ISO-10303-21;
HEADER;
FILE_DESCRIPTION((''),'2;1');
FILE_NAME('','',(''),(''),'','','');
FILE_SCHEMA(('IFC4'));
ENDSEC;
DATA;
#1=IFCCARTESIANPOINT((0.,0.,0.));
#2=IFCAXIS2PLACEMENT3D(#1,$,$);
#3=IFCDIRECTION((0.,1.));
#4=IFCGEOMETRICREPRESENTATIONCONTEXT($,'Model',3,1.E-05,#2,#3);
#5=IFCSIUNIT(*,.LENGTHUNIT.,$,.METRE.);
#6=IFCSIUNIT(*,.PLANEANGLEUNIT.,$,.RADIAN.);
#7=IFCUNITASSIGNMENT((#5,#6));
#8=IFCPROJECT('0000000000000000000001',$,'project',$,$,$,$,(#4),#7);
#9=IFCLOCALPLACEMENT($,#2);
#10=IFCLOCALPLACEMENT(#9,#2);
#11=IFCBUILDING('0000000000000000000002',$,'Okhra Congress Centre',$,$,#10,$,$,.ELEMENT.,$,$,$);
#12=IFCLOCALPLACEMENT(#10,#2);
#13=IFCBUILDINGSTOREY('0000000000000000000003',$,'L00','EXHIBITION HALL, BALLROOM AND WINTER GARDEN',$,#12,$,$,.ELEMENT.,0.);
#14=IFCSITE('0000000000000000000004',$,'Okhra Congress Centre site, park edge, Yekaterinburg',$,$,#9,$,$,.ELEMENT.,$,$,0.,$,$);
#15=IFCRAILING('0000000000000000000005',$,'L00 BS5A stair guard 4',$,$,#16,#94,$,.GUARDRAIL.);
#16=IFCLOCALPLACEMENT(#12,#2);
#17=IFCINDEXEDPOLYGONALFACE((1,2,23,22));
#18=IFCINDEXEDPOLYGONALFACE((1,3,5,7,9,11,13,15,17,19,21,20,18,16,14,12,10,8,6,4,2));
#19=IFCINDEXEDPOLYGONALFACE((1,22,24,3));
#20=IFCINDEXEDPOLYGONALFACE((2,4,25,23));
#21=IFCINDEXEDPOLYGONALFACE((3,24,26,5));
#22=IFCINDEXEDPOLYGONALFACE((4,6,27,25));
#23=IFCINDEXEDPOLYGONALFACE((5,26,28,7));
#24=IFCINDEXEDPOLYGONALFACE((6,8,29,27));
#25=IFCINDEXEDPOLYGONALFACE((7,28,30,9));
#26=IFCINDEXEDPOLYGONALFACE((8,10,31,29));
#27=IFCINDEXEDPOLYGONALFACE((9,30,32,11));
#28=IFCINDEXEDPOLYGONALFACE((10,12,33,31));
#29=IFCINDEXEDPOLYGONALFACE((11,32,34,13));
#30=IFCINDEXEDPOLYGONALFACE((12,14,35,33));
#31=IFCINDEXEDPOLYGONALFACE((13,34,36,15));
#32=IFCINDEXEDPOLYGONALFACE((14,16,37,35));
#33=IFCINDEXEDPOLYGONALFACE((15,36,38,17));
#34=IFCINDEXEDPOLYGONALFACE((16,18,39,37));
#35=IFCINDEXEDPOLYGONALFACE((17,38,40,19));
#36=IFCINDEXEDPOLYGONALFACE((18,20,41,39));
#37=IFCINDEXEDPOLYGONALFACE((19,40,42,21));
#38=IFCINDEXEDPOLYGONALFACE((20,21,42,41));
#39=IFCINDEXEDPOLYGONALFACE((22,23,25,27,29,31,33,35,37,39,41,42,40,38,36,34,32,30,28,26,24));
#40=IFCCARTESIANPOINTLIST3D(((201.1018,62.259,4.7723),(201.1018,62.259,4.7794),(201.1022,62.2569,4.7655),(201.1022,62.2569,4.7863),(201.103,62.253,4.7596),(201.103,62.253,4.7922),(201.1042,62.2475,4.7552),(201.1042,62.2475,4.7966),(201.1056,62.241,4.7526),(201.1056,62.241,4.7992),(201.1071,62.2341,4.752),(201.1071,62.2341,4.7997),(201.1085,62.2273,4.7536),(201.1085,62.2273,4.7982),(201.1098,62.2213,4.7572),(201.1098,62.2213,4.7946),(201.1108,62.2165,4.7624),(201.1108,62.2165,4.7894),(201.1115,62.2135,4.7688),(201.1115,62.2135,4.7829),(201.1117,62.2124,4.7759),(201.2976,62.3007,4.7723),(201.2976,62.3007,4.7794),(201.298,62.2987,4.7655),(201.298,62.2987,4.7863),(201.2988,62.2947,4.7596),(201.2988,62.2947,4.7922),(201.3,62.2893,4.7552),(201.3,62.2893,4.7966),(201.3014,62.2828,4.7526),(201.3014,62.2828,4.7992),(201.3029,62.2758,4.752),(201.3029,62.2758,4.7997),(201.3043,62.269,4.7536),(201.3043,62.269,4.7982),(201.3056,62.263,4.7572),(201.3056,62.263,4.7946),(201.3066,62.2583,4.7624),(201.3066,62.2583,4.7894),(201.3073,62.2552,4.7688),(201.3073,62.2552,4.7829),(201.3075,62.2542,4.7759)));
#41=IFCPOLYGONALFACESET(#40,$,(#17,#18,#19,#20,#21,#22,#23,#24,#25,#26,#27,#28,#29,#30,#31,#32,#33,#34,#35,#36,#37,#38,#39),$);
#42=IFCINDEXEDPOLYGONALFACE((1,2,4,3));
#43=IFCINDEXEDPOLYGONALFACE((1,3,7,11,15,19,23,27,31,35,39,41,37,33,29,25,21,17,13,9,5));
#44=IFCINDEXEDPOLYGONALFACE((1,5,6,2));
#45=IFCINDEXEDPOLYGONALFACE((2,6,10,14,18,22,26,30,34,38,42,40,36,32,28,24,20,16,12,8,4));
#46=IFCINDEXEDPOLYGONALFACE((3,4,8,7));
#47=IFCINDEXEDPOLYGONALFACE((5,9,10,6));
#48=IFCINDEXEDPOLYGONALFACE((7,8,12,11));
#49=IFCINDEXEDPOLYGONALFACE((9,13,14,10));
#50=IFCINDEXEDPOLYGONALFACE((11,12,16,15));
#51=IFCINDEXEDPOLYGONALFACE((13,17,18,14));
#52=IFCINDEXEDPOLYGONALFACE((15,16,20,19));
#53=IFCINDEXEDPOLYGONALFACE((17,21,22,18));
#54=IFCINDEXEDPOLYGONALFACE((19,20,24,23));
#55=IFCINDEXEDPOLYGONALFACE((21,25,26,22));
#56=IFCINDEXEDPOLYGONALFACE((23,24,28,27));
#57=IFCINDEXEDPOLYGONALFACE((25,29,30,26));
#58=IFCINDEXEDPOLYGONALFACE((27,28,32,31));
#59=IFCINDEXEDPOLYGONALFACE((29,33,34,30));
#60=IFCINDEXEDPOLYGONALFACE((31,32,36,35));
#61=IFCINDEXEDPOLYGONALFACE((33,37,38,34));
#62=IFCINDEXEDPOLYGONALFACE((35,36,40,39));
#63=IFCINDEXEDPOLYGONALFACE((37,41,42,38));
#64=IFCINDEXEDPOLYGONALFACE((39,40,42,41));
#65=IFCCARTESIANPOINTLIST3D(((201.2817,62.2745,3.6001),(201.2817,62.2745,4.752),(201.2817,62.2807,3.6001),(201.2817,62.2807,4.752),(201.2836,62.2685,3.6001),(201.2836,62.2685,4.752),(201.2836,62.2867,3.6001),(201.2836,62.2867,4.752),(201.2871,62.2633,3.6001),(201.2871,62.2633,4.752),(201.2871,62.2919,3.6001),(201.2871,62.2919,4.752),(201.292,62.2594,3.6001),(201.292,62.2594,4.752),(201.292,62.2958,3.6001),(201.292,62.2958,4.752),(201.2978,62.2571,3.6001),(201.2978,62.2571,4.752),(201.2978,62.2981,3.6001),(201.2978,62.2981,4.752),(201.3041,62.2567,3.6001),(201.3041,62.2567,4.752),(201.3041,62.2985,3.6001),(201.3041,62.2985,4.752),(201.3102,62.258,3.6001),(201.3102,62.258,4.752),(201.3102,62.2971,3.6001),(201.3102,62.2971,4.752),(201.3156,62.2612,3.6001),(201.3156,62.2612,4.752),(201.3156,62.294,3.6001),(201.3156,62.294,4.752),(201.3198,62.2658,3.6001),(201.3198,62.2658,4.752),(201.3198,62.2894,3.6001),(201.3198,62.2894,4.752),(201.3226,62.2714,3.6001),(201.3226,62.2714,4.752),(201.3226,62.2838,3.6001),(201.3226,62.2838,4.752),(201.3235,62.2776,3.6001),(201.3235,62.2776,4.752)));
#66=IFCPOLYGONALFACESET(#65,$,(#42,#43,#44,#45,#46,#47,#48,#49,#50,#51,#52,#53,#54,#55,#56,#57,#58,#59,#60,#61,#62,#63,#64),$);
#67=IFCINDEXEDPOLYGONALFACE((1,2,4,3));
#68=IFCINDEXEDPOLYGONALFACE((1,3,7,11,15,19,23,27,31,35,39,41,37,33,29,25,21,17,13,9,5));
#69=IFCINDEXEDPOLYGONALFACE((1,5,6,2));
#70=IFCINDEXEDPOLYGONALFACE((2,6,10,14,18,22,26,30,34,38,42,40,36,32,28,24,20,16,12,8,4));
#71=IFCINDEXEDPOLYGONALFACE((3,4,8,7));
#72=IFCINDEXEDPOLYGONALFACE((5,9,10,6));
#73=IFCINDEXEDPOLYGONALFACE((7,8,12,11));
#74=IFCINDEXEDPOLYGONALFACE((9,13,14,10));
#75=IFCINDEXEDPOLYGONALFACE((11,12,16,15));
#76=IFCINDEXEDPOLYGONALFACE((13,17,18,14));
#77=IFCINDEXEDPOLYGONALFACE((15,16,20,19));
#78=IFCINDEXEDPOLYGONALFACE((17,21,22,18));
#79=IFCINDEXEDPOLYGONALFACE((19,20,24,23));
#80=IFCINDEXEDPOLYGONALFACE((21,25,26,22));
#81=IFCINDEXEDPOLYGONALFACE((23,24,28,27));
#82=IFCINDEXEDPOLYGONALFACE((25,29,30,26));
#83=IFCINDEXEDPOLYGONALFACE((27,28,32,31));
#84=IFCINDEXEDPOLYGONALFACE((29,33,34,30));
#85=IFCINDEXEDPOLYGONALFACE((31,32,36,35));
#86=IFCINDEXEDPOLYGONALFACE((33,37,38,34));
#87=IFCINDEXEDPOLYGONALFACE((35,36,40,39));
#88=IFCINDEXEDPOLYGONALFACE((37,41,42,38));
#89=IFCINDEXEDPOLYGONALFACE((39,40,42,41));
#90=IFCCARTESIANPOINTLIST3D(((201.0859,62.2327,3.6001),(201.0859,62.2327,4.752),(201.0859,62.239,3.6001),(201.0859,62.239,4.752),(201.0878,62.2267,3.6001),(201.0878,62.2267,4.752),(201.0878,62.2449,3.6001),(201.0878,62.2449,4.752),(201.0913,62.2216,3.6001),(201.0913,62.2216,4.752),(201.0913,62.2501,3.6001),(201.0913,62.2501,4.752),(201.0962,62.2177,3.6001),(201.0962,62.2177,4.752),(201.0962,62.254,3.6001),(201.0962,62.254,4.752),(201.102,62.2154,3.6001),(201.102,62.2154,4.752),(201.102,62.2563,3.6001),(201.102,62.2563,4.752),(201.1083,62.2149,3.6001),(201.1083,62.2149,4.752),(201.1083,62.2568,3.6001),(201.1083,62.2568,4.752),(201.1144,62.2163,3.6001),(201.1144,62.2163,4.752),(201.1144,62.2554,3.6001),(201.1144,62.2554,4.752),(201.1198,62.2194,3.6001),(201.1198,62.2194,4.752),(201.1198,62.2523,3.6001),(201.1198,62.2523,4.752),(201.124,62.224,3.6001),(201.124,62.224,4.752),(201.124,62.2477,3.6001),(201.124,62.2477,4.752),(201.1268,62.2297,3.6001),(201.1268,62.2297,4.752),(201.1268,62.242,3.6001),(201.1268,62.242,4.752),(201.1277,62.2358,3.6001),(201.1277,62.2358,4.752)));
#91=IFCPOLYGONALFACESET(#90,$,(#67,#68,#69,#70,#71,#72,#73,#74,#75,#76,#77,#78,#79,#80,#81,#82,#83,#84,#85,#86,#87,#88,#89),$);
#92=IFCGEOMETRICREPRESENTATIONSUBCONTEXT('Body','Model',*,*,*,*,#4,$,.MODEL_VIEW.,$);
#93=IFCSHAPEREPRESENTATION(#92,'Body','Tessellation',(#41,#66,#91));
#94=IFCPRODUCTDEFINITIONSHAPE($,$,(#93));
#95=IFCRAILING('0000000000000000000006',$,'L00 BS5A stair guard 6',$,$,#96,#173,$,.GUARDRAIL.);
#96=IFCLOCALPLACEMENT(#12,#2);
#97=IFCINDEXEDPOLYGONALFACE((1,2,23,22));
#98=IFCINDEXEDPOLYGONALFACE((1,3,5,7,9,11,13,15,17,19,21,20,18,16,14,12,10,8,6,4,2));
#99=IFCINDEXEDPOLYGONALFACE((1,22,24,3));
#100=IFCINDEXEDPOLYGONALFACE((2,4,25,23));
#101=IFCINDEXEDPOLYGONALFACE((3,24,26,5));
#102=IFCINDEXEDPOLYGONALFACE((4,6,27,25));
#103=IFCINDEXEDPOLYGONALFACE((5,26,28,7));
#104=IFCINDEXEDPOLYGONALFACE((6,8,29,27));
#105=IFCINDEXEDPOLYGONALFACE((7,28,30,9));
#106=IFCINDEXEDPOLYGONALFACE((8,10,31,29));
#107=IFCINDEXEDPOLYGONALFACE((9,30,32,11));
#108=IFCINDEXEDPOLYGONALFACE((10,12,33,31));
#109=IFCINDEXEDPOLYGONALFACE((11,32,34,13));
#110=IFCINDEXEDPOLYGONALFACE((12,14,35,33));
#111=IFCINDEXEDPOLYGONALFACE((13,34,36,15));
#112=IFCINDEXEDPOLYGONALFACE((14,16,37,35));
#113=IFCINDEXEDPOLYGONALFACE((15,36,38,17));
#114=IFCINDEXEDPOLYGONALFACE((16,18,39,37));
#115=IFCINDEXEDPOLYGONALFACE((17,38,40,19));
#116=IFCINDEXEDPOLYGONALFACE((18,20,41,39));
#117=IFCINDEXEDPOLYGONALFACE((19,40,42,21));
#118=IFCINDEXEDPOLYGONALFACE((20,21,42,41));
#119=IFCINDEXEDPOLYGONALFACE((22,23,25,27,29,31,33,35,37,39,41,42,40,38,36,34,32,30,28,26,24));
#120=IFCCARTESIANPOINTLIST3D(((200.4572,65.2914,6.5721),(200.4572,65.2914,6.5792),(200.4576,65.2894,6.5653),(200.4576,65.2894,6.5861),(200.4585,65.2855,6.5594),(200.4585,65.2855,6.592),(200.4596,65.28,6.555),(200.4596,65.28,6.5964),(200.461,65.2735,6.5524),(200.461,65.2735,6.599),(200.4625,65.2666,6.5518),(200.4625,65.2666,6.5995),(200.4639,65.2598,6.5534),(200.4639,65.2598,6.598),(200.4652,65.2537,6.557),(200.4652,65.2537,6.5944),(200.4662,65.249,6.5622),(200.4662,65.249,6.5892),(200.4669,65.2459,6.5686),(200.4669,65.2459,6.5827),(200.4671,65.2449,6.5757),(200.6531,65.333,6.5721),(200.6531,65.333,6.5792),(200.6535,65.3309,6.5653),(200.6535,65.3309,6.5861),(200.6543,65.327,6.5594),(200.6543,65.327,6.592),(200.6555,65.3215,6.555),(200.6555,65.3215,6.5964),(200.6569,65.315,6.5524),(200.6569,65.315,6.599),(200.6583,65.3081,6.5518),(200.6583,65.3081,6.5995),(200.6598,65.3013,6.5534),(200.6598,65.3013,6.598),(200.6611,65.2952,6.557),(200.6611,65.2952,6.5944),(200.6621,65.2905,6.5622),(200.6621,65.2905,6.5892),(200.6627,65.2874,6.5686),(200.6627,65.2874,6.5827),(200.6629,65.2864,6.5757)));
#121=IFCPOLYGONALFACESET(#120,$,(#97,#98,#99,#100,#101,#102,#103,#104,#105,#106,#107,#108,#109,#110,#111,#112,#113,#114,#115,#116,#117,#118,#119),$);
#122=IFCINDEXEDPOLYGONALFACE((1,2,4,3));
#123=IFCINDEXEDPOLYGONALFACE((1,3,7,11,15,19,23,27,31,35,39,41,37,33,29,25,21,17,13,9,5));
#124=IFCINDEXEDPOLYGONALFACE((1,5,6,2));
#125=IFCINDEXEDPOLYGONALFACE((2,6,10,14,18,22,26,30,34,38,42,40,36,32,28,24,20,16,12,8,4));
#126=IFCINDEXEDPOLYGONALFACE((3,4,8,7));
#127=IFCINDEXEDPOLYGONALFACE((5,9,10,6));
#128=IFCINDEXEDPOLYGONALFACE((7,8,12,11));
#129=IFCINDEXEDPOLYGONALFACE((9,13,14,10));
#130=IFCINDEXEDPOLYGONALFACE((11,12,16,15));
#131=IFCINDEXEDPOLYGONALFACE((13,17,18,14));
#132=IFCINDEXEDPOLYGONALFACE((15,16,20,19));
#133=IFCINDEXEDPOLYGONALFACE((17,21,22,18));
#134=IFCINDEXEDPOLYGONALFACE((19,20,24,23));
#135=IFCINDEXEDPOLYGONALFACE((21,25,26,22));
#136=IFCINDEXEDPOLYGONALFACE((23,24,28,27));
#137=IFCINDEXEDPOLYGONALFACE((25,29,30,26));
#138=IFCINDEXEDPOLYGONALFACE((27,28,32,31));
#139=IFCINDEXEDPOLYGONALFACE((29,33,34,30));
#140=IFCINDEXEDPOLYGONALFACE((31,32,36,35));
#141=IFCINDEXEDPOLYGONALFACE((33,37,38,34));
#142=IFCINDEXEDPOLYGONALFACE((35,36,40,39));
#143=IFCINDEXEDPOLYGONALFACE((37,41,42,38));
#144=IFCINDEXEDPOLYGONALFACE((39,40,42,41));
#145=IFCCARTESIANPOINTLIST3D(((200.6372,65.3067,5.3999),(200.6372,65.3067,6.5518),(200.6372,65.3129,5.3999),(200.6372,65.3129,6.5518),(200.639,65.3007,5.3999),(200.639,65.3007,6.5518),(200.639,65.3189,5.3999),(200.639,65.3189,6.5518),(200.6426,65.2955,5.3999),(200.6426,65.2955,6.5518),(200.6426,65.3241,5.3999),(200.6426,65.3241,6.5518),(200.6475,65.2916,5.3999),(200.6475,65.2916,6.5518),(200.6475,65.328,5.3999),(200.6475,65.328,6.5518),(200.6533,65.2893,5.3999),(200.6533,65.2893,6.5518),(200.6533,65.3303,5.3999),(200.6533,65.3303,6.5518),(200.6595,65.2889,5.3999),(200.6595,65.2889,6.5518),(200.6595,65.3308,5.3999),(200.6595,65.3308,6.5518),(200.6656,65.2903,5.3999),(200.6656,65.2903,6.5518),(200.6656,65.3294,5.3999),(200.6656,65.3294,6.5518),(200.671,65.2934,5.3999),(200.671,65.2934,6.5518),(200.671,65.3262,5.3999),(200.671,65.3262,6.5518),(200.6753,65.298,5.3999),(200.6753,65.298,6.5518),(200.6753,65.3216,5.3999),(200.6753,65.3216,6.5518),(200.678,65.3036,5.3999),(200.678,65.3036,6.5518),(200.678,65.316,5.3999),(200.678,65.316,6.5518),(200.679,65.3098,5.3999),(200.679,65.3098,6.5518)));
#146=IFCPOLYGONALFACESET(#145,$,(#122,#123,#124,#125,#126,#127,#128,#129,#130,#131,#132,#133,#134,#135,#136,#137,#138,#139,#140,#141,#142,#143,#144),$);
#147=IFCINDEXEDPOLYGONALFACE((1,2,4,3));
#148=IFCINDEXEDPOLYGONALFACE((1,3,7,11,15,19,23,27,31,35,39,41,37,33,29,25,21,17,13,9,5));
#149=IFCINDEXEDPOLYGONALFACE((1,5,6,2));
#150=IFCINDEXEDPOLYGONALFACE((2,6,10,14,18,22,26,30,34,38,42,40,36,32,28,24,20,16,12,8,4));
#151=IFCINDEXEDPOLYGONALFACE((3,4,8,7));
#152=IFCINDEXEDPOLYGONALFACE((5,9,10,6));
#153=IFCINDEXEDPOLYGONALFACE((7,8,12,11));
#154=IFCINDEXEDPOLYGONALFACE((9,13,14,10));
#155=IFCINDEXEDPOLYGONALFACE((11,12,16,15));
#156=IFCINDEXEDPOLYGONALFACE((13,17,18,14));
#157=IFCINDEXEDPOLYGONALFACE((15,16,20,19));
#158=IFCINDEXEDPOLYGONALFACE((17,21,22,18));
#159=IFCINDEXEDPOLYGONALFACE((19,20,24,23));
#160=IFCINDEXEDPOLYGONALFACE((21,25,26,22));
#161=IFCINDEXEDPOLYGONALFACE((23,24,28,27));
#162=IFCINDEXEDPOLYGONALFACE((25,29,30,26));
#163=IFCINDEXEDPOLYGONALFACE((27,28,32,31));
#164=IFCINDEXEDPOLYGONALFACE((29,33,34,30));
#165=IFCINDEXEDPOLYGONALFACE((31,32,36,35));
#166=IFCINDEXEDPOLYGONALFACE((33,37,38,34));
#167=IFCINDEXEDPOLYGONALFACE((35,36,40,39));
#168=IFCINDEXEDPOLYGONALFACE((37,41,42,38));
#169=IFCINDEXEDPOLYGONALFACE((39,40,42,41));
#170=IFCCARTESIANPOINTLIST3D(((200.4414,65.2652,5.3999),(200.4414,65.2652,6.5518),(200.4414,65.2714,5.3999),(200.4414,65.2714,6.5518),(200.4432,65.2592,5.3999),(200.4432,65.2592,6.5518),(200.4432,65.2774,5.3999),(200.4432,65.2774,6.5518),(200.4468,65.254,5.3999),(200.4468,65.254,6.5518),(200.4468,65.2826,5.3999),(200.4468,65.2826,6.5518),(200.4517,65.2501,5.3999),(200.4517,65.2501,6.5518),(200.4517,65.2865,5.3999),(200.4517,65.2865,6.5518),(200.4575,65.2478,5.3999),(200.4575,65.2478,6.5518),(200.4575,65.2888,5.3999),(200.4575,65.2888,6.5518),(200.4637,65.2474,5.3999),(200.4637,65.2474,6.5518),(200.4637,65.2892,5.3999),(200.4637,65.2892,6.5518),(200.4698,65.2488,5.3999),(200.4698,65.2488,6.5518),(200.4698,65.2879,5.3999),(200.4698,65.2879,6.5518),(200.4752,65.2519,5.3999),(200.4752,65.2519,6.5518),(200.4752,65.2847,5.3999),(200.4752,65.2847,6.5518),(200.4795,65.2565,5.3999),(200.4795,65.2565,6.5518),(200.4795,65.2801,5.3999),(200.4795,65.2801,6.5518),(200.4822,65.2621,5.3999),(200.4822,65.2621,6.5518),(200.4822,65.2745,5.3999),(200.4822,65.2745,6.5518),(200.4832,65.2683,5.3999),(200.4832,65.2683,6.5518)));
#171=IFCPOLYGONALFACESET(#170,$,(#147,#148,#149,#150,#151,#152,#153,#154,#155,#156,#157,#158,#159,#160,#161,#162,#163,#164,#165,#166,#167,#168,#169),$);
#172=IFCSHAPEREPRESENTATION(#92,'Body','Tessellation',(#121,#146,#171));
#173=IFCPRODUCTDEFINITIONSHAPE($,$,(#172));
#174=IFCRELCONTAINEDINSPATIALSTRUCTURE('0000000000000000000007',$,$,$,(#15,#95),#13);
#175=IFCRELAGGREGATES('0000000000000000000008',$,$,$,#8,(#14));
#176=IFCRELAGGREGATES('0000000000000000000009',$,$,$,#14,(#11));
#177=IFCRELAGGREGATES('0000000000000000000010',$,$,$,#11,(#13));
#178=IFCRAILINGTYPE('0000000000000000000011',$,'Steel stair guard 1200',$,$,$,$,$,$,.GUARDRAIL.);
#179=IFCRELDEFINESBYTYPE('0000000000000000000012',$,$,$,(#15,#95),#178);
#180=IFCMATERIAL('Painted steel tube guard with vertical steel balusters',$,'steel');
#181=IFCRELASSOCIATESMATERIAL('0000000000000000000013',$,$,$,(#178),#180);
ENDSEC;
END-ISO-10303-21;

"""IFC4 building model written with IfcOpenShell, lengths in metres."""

from ifc_helpers import new_model, si_unit, direction, frame, origin, origin_2d, place, context, subcontext, project, spatial, circle, extrude, material, type_object, element, save


model = new_model("IFC4")

# Units and contexts
model_context = context("Model", 3, precision=1e-05, world=origin(), true_north=direction((0.0, 1.0)))
body_context = subcontext(model_context, "Body", "Model", "MODEL_VIEW")
ifc_project = project(units=[si_unit("LENGTHUNIT", "METRE"), si_unit("PLANEANGLEUNIT", "RADIAN")], contexts=[model_context])

# Site, building, storey
site_placement = place(None, origin())
site = spatial("IfcSite", under=ifc_project, at=site_placement, Name="Okhra Congress Centre site, park edge, Yekaterinburg", CompositionType="ELEMENT", RefElevation=0.0)
building_placement = place(site_placement, origin())
building = spatial("IfcBuilding", under=site, at=building_placement, Name="Okhra Congress Centre", CompositionType="ELEMENT")
storey_placement = place(building_placement, origin())
storey = spatial("IfcBuildingStorey", under=building, at=storey_placement, Name="L00", Description="EXHIBITION HALL, BALLROOM AND WINTER GARDEN", CompositionType="ELEMENT", Elevation=0.0)

# Railings
ifc_material_1 = material(Name="Painted steel tube guard with vertical steel balusters", Category="steel")
railing_type_1 = type_object("IfcRailingType", Name="Steel stair guard 1200", PredefinedType="GUARDRAIL", material=ifc_material_1)
railing_1_placement = place(storey_placement, frame((201.3025, 62.2776, 3.6001)))
element("IfcRailing", 1, at=railing_1_placement, inside=storey, type_object=railing_type_1, Name="L00 BS5A stair guard 4", PredefinedType="GUARDRAIL", context=body_context, shape_type="SweptSolid", body=[
    extrude(circle(Radius=0.0239, at=origin_2d()), frame((0.0, 0.0, 1.1758), z_axis=(-0.978016, -0.20853, 0.0), x_axis=(0.20853, -0.978016, 0.0)), (0.0, 0.0, 1.0), 0.2002),
    extrude(circle(Radius=0.021, at=origin_2d()), origin(), (0.0, 0.0, 1.0), 1.1519),
    extrude(circle(Radius=0.021, at=origin_2d()), frame((-0.1958, -0.0417, 0.0)), (0.0, 0.0, 1.0), 1.1519),
])
railing_2_placement = place(storey_placement, frame((200.658, 65.3098, 5.3999)))
element("IfcRailing", 2, at=railing_2_placement, inside=storey, type_object=railing_type_1, Name="L00 BS5A stair guard 6", PredefinedType="GUARDRAIL", context=body_context, shape_type="SweptSolid", body=[
    extrude(circle(Radius=0.0239, at=origin_2d()), frame((0.0, 0.0, 1.1758), z_axis=(-0.978264, -0.207363, 0.0), x_axis=(0.207363, -0.978264, 0.0)), (0.0, 0.0, 1.0), 0.2002),
    extrude(circle(Radius=0.021, at=origin_2d()), origin(), (0.0, 0.0, 1.0), 1.1519),
    extrude(circle(Radius=0.021, at=origin_2d()), frame((-0.1958, -0.0415, 0.0)), (0.0, 0.0, 1.0), 1.1519),
])

save(model, "model.ifc")
